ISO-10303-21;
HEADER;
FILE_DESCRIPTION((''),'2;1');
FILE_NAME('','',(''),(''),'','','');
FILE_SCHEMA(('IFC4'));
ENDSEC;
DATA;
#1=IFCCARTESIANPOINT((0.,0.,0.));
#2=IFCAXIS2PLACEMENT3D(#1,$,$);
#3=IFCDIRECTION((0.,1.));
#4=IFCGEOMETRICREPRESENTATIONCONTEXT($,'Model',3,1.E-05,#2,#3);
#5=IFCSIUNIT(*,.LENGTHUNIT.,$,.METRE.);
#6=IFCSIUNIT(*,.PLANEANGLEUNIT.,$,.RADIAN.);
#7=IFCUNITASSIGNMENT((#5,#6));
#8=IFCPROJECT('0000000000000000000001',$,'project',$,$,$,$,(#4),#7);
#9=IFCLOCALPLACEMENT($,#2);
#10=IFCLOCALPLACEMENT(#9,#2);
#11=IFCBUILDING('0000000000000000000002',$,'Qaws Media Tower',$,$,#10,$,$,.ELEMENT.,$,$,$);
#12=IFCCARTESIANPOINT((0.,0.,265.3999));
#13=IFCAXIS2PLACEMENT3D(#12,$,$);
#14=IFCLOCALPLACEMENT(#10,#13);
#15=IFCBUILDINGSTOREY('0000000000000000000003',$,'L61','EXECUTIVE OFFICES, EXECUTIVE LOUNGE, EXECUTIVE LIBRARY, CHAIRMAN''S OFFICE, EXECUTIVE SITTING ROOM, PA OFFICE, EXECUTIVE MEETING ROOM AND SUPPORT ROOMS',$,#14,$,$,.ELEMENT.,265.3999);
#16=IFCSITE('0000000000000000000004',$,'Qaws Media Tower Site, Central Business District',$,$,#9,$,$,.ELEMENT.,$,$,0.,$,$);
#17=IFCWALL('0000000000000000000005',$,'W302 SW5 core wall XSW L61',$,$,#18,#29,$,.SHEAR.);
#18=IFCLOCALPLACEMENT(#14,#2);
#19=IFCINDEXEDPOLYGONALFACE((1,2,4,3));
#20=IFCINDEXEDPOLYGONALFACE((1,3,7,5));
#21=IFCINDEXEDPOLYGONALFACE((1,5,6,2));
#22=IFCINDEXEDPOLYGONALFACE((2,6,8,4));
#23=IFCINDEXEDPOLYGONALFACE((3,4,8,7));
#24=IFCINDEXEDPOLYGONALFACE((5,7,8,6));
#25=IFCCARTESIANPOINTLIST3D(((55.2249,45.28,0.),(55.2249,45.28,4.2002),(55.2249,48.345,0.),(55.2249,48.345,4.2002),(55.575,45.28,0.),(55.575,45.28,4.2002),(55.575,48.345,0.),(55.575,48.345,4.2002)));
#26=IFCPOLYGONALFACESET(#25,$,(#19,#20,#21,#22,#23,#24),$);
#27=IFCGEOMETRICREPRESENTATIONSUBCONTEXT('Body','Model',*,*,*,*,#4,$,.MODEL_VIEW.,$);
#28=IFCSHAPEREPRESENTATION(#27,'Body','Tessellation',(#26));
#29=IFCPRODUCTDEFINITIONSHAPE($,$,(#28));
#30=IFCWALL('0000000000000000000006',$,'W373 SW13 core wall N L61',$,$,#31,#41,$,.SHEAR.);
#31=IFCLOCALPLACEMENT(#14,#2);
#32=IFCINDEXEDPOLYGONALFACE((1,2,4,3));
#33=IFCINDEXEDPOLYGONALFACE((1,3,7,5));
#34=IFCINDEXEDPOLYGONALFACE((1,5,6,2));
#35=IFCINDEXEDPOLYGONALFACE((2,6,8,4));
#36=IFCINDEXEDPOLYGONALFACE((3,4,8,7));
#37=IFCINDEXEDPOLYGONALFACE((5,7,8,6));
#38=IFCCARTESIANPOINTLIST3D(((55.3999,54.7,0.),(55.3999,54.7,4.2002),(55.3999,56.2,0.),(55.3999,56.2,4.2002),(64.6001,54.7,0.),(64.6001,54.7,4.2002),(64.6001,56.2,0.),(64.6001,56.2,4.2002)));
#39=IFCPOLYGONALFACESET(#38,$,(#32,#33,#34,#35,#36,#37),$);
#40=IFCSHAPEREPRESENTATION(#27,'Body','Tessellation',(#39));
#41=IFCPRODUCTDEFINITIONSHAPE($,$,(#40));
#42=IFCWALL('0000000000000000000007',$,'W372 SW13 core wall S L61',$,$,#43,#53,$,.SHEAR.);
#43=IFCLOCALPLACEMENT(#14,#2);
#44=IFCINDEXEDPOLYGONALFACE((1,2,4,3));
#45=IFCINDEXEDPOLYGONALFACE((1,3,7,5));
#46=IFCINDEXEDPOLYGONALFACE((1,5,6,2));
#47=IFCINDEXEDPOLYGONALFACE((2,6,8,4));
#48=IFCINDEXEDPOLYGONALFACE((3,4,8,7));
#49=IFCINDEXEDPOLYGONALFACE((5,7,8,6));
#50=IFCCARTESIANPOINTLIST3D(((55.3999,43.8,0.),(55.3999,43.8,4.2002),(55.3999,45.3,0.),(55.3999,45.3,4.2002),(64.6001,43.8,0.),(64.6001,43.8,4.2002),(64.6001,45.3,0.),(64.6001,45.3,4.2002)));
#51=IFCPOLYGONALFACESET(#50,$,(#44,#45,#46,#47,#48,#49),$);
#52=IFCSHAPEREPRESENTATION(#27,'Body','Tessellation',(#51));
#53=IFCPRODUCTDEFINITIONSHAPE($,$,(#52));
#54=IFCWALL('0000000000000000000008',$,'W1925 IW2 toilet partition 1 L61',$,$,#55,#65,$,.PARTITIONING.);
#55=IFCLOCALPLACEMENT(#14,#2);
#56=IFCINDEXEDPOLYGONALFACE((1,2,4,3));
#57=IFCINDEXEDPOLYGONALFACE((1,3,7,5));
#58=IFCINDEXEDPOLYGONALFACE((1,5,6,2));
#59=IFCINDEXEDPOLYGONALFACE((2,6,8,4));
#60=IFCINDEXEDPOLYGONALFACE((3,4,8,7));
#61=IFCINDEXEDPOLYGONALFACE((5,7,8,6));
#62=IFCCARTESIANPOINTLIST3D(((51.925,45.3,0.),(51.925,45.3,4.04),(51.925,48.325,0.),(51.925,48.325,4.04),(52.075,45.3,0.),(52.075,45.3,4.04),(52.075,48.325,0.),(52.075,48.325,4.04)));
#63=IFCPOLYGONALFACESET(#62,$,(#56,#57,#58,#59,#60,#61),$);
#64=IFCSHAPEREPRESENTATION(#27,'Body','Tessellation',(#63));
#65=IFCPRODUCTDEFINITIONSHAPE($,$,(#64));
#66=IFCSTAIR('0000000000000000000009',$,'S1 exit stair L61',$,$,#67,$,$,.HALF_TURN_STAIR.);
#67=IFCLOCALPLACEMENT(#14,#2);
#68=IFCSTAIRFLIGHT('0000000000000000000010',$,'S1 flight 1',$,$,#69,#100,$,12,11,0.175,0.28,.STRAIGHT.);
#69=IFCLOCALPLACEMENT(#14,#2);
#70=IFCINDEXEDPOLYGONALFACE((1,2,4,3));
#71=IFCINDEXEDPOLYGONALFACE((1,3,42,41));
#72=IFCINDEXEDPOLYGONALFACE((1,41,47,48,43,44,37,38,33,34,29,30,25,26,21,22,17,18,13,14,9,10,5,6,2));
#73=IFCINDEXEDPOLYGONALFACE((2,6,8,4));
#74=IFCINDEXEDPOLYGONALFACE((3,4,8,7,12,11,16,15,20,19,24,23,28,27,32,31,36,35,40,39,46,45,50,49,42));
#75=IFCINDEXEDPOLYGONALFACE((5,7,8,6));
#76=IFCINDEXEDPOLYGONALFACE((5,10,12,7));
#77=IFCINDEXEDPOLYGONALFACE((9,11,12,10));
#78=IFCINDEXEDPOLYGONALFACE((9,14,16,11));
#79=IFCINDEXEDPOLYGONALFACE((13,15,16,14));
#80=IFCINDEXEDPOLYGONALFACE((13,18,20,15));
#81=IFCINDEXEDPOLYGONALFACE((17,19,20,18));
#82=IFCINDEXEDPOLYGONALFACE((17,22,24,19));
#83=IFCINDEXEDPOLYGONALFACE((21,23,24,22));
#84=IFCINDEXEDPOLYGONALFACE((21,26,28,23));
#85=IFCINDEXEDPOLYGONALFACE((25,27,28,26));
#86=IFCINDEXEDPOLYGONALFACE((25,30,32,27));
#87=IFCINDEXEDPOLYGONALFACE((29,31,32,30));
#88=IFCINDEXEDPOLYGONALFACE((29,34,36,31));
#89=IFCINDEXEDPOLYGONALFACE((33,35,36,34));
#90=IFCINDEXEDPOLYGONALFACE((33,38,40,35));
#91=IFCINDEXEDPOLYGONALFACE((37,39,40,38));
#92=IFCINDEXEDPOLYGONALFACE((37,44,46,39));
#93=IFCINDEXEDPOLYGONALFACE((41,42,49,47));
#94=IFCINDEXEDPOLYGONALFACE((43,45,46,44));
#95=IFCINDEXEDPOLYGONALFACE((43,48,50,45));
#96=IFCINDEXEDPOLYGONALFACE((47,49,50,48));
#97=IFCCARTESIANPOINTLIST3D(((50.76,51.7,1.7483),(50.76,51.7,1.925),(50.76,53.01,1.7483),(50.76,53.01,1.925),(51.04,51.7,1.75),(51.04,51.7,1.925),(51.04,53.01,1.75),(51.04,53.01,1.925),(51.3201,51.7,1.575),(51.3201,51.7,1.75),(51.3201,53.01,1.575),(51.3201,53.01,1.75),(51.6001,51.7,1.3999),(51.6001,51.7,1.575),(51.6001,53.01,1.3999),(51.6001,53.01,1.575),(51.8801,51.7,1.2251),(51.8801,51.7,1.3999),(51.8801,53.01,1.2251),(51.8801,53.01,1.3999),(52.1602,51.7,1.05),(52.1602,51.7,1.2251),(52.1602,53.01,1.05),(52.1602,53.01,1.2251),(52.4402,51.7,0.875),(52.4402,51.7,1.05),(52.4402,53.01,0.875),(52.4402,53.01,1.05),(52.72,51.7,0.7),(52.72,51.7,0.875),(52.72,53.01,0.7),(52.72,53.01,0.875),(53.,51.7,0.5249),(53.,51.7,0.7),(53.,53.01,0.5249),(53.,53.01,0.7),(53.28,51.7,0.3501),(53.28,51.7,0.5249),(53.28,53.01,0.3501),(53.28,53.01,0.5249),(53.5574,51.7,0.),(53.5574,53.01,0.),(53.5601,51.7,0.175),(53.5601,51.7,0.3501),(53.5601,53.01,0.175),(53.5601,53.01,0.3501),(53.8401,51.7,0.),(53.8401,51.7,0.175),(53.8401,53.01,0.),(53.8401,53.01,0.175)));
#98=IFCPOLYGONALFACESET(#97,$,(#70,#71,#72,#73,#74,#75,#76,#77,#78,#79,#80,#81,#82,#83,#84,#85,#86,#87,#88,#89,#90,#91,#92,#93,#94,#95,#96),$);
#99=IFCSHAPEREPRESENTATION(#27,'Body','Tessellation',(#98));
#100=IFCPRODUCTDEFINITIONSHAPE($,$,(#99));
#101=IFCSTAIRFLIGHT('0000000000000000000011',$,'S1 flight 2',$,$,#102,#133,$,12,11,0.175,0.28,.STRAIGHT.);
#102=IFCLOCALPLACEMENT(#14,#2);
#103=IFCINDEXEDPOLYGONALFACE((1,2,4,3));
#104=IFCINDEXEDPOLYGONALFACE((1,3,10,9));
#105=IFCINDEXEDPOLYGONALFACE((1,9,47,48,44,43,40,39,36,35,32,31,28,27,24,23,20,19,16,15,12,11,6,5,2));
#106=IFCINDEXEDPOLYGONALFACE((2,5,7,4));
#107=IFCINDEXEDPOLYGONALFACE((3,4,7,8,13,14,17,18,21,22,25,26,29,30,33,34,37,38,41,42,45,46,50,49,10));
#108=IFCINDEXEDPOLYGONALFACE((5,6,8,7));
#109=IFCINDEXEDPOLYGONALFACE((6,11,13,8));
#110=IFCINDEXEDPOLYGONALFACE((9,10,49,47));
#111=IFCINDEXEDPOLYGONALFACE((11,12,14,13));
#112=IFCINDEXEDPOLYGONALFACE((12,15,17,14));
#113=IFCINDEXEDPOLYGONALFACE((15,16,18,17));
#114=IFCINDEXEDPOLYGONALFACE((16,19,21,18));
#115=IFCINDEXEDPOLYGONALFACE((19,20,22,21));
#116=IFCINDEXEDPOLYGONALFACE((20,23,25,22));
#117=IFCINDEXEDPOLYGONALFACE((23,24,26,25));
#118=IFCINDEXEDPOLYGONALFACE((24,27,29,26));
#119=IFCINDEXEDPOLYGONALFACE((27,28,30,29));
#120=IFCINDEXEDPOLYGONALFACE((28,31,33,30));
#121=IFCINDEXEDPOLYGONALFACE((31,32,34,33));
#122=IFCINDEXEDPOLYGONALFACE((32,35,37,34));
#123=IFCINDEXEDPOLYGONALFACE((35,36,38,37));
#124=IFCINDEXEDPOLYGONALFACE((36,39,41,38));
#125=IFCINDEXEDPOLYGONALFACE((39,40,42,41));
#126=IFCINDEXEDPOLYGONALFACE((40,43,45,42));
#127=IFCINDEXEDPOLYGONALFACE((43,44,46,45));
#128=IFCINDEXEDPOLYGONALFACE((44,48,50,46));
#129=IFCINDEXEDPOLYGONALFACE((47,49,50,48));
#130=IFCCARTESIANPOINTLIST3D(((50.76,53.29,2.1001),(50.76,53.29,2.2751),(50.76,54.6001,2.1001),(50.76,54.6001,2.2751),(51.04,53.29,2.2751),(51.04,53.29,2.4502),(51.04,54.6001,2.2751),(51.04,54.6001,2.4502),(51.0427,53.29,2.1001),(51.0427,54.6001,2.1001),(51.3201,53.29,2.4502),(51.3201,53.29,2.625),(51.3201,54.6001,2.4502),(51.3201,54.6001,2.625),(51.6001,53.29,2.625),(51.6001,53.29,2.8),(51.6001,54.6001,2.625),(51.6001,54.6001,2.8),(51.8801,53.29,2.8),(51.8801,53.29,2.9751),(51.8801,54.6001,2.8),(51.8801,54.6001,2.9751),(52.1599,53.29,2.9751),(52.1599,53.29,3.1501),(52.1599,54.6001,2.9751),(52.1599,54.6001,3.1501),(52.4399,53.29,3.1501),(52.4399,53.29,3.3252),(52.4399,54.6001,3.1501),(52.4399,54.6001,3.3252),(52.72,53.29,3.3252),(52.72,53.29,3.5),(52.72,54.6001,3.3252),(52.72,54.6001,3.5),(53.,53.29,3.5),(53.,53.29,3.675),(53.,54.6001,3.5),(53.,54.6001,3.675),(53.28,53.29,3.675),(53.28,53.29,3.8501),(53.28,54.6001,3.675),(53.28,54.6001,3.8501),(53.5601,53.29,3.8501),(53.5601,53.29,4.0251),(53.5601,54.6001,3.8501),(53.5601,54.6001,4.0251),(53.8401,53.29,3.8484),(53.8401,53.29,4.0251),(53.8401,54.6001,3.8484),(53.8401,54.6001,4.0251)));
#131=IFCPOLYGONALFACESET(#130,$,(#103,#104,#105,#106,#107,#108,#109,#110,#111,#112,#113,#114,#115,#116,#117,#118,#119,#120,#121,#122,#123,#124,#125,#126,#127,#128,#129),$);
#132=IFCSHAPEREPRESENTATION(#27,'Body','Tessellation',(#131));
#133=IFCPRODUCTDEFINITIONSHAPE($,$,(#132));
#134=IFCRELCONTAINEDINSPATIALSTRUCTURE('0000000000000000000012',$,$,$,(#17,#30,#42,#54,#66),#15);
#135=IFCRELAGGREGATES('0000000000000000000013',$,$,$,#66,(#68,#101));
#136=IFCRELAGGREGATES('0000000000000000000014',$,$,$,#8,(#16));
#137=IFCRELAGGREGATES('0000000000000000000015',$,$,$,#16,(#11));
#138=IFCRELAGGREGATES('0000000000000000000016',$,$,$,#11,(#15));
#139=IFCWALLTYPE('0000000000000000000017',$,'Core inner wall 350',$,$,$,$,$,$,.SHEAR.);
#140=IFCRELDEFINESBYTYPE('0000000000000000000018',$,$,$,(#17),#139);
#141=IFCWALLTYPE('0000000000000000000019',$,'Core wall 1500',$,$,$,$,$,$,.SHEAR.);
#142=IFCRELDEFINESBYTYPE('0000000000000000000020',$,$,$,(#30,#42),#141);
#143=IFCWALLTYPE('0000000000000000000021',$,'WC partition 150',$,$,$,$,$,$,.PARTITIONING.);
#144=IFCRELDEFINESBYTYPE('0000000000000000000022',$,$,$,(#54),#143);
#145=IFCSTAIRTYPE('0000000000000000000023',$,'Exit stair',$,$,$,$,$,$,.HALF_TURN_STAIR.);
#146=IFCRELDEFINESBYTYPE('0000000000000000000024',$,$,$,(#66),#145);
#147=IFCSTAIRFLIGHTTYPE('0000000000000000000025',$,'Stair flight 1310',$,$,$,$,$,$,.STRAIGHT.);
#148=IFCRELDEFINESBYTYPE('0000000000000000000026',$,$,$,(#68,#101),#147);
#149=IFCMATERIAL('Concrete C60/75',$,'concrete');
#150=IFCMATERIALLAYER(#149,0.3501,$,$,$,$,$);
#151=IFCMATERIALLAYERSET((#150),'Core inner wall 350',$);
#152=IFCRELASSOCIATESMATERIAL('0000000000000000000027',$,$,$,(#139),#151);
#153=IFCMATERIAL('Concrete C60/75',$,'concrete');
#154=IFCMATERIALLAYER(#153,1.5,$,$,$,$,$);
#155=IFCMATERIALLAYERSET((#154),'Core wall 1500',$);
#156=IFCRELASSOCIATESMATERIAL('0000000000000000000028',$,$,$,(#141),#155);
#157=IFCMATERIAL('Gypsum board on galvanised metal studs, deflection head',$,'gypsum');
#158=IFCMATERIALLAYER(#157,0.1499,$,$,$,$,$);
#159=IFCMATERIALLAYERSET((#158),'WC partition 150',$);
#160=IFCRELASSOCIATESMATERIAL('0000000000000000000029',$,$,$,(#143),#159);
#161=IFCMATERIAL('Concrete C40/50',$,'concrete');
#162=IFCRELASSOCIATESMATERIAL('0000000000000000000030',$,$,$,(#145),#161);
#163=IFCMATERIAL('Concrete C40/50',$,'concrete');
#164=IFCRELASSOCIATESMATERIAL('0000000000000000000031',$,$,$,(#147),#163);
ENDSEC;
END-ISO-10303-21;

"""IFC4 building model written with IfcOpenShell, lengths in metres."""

from ifc_helpers import new_model, si_unit, direction, frame, frame_2d, origin, place, context, subcontext, project, spatial, polyline, rectangle, outline, extrude, material, layer, layer_set, type_object, element, aggregate, save


model = new_model("IFC4")

# Units and contexts
model_context = context("Model", 3, precision=1e-05, world=origin(), true_north=direction((0.0, 1.0)))
body_context = subcontext(model_context, "Body", "Model", "MODEL_VIEW")
ifc_project = project(units=[si_unit("LENGTHUNIT", "METRE"), si_unit("PLANEANGLEUNIT", "RADIAN")], contexts=[model_context])

# Site, building, storey
site_placement = place(None, origin())
site = spatial("IfcSite", under=ifc_project, at=site_placement, Name="Qaws Media Tower Site, Central Business District", CompositionType="ELEMENT", RefElevation=0.0)
building_placement = place(site_placement, origin())
building = spatial("IfcBuilding", under=site, at=building_placement, Name="Qaws Media Tower", CompositionType="ELEMENT")
storey_placement = place(building_placement, frame((0.0, 0.0, 265.3999)))
storey = spatial("IfcBuildingStorey", under=building, at=storey_placement, Name="L61", Description="EXECUTIVE OFFICES, EXECUTIVE LOUNGE, EXECUTIVE LIBRARY, CHAIRMAN'S OFFICE, EXECUTIVE SITTING ROOM, PA OFFICE, EXECUTIVE MEETING ROOM AND SUPPORT ROOMS", CompositionType="ELEMENT", Elevation=265.3999)

# Shared definitions
ifc_material_1 = material(Name="Concrete C60/75", Category="concrete")
ifc_layer_1 = layer(ifc_material_1, 0.3501)
ifc_layer_set_1 = layer_set([ifc_layer_1], Name="Core inner wall 350")
wall_type_1 = type_object("IfcWallType", Name="Core inner wall 350", PredefinedType="SHEAR", material=ifc_layer_set_1)

# Walls
for number, where, z_axis, x_axis, name in (
    (1, (55.3999, 48.345, 0.0), (0.0, 0.0, 1.0), (0.0, -1.0, 0.0), "W302 SW5 core wall XSW L61"),
):
    element("IfcWall", number, at=place(storey_placement, frame(where, z_axis=z_axis, x_axis=x_axis)), inside=storey, type_object=wall_type_1, Name=name, PredefinedType="SHEAR", context=body_context, shape_type="SweptSolid", body=[
        extrude(rectangle(XDim=3.0649, YDim=0.3501, at=frame_2d((1.5325, 0.0))), origin(), (0.0, 0.0, 1.0), 4.2002),
    ])
ifc_material_2 = material(Name="Concrete C60/75", Category="concrete")
ifc_layer_2 = layer(ifc_material_2, 1.5)
ifc_layer_set_2 = layer_set([ifc_layer_2], Name="Core wall 1500")
wall_type_2 = type_object("IfcWallType", Name="Core wall 1500", PredefinedType="SHEAR", material=ifc_layer_set_2)
for number, where, z_axis, x_axis, name in (
    (2, (55.3999, 55.45, 0.0), (0.0, 0.0, 1.0), (1.0, 0.0, 0.0), "W373 SW13 core wall N L61"),
    (3, (55.3999, 44.55, 0.0), (0.0, 0.0, 1.0), (1.0, 0.0, 0.0), "W372 SW13 core wall S L61"),
):
    element("IfcWall", number, at=place(storey_placement, frame(where, z_axis=z_axis, x_axis=x_axis)), inside=storey, type_object=wall_type_2, Name=name, PredefinedType="SHEAR", context=body_context, shape_type="SweptSolid", body=[
        extrude(rectangle(XDim=9.2002, YDim=1.5, at=frame_2d((4.6001, 0.0))), origin(), (0.0, 0.0, 1.0), 4.2002),
    ])
ifc_material_3 = material(Name="Gypsum board on galvanised metal studs, deflection head", Category="gypsum")
ifc_layer_3 = layer(ifc_material_3, 0.1499)
ifc_layer_set_3 = layer_set([ifc_layer_3], Name="WC partition 150")
wall_type_3 = type_object("IfcWallType", Name="WC partition 150", PredefinedType="PARTITIONING", material=ifc_layer_set_3)
wall_1_placement = place(storey_placement, frame((52.0, 45.3, 0.0), z_axis=(0.0, 0.0, 1.0), x_axis=(0.0, 1.0, 0.0)))
element("IfcWall", 4, at=wall_1_placement, inside=storey, type_object=wall_type_3, Name="W1925 IW2 toilet partition 1 L61", PredefinedType="PARTITIONING", context=body_context, shape_type="SweptSolid", body=[
    extrude(rectangle(XDim=3.0249, YDim=0.1499, at=frame_2d((1.5125, 0.0))), origin(), (0.0, 0.0, 1.0), 4.04),
])

# Stair, stair flights
ifc_material_4 = material(Name="Concrete C40/50", Category="concrete")
stair_type = type_object("IfcStairType", Name="Exit stair", PredefinedType="HALF_TURN_STAIR", material=ifc_material_4)
stair_placement = place(storey_placement, origin())
stair = element("IfcStair", 5, at=stair_placement, inside=storey, type_object=stair_type, Name="S1 exit stair L61", PredefinedType="HALF_TURN_STAIR")
ifc_material_5 = material(Name="Concrete C40/50", Category="concrete")
stair_flight_type = type_object("IfcStairFlightType", Name="Stair flight 1310", PredefinedType="STRAIGHT", material=ifc_material_5)
stair_flight_1_placement = place(storey_placement, frame((53.8401, 52.355, 0.0), z_axis=(0.0, 0.0, 1.0), x_axis=(-1.0, 0.0, 0.0)))
stair_flight_1 = element("IfcStairFlight", 6, at=stair_flight_1_placement, type_object=stair_flight_type, Name="S1 flight 1", NumberOfRisers=12, NumberOfTreads=11, PredefinedType="STRAIGHT", RiserHeight=0.175, TreadLength=0.28, context=body_context, shape_type="SweptSolid", body=[
    extrude(outline(polyline([(0.0, 0.0), (0.0, 0.175), (0.28, 0.175), (0.28, 0.3501), (0.5601, 0.3501), (0.5601, 0.5249), (0.8401, 0.5249), (0.8401, 0.7), (1.1201, 0.7), (1.1201, 0.875), (1.3999, 0.875), (1.3999, 1.05), (1.6799, 1.05), (1.6799, 1.2251), (1.96, 1.2251), (1.96, 1.3999), (2.24, 1.3999), (2.24, 1.575), (2.52, 1.575), (2.52, 1.75), (2.8, 1.75), (2.8, 1.925), (3.0801, 1.925), (3.0801, 2.1001), (3.0801, 1.7483), (0.2827, 0.0), (0.0, 0.0)])), frame((0.0, 0.655, 0.0), z_axis=(0.0, -1.0, 0.0), x_axis=(1.0, 0.0, 0.0)), (0.0, 0.0, 1.0), 1.3101),
])
stair_flight_2_placement = place(storey_placement, frame((50.76, 53.9451, 2.1001), z_axis=(0.0, 0.0, 1.0), x_axis=(1.0, 0.0, 0.0)))
stair_flight_2 = element("IfcStairFlight", 7, at=stair_flight_2_placement, type_object=stair_flight_type, Name="S1 flight 2", NumberOfRisers=12, NumberOfTreads=11, PredefinedType="STRAIGHT", RiserHeight=0.175, TreadLength=0.28, context=body_context, shape_type="SweptSolid", body=[
    extrude(outline(polyline([(0.0, 0.0), (0.0, 0.175), (0.28, 0.175), (0.28, 0.3501), (0.5601, 0.3501), (0.5601, 0.5249), (0.8401, 0.5249), (0.8401, 0.7), (1.1201, 0.7), (1.1201, 0.875), (1.3999, 0.875), (1.3999, 1.05), (1.6799, 1.05), (1.6799, 1.2251), (1.96, 1.2251), (1.96, 1.3999), (2.24, 1.3999), (2.24, 1.575), (2.52, 1.575), (2.52, 1.75), (2.8, 1.75), (2.8, 1.925), (3.0801, 1.925), (3.0801, 2.1001), (3.0801, 1.7483), (0.2827, 0.0), (0.0, 0.0)])), frame((0.0, 0.655, 0.0), z_axis=(0.0, -1.0, 0.0), x_axis=(1.0, 0.0, 0.0)), (0.0, 0.0, 1.0), 1.3101),
])
aggregate(stair, [stair_flight_1, stair_flight_2])

save(model, "model.ifc")
